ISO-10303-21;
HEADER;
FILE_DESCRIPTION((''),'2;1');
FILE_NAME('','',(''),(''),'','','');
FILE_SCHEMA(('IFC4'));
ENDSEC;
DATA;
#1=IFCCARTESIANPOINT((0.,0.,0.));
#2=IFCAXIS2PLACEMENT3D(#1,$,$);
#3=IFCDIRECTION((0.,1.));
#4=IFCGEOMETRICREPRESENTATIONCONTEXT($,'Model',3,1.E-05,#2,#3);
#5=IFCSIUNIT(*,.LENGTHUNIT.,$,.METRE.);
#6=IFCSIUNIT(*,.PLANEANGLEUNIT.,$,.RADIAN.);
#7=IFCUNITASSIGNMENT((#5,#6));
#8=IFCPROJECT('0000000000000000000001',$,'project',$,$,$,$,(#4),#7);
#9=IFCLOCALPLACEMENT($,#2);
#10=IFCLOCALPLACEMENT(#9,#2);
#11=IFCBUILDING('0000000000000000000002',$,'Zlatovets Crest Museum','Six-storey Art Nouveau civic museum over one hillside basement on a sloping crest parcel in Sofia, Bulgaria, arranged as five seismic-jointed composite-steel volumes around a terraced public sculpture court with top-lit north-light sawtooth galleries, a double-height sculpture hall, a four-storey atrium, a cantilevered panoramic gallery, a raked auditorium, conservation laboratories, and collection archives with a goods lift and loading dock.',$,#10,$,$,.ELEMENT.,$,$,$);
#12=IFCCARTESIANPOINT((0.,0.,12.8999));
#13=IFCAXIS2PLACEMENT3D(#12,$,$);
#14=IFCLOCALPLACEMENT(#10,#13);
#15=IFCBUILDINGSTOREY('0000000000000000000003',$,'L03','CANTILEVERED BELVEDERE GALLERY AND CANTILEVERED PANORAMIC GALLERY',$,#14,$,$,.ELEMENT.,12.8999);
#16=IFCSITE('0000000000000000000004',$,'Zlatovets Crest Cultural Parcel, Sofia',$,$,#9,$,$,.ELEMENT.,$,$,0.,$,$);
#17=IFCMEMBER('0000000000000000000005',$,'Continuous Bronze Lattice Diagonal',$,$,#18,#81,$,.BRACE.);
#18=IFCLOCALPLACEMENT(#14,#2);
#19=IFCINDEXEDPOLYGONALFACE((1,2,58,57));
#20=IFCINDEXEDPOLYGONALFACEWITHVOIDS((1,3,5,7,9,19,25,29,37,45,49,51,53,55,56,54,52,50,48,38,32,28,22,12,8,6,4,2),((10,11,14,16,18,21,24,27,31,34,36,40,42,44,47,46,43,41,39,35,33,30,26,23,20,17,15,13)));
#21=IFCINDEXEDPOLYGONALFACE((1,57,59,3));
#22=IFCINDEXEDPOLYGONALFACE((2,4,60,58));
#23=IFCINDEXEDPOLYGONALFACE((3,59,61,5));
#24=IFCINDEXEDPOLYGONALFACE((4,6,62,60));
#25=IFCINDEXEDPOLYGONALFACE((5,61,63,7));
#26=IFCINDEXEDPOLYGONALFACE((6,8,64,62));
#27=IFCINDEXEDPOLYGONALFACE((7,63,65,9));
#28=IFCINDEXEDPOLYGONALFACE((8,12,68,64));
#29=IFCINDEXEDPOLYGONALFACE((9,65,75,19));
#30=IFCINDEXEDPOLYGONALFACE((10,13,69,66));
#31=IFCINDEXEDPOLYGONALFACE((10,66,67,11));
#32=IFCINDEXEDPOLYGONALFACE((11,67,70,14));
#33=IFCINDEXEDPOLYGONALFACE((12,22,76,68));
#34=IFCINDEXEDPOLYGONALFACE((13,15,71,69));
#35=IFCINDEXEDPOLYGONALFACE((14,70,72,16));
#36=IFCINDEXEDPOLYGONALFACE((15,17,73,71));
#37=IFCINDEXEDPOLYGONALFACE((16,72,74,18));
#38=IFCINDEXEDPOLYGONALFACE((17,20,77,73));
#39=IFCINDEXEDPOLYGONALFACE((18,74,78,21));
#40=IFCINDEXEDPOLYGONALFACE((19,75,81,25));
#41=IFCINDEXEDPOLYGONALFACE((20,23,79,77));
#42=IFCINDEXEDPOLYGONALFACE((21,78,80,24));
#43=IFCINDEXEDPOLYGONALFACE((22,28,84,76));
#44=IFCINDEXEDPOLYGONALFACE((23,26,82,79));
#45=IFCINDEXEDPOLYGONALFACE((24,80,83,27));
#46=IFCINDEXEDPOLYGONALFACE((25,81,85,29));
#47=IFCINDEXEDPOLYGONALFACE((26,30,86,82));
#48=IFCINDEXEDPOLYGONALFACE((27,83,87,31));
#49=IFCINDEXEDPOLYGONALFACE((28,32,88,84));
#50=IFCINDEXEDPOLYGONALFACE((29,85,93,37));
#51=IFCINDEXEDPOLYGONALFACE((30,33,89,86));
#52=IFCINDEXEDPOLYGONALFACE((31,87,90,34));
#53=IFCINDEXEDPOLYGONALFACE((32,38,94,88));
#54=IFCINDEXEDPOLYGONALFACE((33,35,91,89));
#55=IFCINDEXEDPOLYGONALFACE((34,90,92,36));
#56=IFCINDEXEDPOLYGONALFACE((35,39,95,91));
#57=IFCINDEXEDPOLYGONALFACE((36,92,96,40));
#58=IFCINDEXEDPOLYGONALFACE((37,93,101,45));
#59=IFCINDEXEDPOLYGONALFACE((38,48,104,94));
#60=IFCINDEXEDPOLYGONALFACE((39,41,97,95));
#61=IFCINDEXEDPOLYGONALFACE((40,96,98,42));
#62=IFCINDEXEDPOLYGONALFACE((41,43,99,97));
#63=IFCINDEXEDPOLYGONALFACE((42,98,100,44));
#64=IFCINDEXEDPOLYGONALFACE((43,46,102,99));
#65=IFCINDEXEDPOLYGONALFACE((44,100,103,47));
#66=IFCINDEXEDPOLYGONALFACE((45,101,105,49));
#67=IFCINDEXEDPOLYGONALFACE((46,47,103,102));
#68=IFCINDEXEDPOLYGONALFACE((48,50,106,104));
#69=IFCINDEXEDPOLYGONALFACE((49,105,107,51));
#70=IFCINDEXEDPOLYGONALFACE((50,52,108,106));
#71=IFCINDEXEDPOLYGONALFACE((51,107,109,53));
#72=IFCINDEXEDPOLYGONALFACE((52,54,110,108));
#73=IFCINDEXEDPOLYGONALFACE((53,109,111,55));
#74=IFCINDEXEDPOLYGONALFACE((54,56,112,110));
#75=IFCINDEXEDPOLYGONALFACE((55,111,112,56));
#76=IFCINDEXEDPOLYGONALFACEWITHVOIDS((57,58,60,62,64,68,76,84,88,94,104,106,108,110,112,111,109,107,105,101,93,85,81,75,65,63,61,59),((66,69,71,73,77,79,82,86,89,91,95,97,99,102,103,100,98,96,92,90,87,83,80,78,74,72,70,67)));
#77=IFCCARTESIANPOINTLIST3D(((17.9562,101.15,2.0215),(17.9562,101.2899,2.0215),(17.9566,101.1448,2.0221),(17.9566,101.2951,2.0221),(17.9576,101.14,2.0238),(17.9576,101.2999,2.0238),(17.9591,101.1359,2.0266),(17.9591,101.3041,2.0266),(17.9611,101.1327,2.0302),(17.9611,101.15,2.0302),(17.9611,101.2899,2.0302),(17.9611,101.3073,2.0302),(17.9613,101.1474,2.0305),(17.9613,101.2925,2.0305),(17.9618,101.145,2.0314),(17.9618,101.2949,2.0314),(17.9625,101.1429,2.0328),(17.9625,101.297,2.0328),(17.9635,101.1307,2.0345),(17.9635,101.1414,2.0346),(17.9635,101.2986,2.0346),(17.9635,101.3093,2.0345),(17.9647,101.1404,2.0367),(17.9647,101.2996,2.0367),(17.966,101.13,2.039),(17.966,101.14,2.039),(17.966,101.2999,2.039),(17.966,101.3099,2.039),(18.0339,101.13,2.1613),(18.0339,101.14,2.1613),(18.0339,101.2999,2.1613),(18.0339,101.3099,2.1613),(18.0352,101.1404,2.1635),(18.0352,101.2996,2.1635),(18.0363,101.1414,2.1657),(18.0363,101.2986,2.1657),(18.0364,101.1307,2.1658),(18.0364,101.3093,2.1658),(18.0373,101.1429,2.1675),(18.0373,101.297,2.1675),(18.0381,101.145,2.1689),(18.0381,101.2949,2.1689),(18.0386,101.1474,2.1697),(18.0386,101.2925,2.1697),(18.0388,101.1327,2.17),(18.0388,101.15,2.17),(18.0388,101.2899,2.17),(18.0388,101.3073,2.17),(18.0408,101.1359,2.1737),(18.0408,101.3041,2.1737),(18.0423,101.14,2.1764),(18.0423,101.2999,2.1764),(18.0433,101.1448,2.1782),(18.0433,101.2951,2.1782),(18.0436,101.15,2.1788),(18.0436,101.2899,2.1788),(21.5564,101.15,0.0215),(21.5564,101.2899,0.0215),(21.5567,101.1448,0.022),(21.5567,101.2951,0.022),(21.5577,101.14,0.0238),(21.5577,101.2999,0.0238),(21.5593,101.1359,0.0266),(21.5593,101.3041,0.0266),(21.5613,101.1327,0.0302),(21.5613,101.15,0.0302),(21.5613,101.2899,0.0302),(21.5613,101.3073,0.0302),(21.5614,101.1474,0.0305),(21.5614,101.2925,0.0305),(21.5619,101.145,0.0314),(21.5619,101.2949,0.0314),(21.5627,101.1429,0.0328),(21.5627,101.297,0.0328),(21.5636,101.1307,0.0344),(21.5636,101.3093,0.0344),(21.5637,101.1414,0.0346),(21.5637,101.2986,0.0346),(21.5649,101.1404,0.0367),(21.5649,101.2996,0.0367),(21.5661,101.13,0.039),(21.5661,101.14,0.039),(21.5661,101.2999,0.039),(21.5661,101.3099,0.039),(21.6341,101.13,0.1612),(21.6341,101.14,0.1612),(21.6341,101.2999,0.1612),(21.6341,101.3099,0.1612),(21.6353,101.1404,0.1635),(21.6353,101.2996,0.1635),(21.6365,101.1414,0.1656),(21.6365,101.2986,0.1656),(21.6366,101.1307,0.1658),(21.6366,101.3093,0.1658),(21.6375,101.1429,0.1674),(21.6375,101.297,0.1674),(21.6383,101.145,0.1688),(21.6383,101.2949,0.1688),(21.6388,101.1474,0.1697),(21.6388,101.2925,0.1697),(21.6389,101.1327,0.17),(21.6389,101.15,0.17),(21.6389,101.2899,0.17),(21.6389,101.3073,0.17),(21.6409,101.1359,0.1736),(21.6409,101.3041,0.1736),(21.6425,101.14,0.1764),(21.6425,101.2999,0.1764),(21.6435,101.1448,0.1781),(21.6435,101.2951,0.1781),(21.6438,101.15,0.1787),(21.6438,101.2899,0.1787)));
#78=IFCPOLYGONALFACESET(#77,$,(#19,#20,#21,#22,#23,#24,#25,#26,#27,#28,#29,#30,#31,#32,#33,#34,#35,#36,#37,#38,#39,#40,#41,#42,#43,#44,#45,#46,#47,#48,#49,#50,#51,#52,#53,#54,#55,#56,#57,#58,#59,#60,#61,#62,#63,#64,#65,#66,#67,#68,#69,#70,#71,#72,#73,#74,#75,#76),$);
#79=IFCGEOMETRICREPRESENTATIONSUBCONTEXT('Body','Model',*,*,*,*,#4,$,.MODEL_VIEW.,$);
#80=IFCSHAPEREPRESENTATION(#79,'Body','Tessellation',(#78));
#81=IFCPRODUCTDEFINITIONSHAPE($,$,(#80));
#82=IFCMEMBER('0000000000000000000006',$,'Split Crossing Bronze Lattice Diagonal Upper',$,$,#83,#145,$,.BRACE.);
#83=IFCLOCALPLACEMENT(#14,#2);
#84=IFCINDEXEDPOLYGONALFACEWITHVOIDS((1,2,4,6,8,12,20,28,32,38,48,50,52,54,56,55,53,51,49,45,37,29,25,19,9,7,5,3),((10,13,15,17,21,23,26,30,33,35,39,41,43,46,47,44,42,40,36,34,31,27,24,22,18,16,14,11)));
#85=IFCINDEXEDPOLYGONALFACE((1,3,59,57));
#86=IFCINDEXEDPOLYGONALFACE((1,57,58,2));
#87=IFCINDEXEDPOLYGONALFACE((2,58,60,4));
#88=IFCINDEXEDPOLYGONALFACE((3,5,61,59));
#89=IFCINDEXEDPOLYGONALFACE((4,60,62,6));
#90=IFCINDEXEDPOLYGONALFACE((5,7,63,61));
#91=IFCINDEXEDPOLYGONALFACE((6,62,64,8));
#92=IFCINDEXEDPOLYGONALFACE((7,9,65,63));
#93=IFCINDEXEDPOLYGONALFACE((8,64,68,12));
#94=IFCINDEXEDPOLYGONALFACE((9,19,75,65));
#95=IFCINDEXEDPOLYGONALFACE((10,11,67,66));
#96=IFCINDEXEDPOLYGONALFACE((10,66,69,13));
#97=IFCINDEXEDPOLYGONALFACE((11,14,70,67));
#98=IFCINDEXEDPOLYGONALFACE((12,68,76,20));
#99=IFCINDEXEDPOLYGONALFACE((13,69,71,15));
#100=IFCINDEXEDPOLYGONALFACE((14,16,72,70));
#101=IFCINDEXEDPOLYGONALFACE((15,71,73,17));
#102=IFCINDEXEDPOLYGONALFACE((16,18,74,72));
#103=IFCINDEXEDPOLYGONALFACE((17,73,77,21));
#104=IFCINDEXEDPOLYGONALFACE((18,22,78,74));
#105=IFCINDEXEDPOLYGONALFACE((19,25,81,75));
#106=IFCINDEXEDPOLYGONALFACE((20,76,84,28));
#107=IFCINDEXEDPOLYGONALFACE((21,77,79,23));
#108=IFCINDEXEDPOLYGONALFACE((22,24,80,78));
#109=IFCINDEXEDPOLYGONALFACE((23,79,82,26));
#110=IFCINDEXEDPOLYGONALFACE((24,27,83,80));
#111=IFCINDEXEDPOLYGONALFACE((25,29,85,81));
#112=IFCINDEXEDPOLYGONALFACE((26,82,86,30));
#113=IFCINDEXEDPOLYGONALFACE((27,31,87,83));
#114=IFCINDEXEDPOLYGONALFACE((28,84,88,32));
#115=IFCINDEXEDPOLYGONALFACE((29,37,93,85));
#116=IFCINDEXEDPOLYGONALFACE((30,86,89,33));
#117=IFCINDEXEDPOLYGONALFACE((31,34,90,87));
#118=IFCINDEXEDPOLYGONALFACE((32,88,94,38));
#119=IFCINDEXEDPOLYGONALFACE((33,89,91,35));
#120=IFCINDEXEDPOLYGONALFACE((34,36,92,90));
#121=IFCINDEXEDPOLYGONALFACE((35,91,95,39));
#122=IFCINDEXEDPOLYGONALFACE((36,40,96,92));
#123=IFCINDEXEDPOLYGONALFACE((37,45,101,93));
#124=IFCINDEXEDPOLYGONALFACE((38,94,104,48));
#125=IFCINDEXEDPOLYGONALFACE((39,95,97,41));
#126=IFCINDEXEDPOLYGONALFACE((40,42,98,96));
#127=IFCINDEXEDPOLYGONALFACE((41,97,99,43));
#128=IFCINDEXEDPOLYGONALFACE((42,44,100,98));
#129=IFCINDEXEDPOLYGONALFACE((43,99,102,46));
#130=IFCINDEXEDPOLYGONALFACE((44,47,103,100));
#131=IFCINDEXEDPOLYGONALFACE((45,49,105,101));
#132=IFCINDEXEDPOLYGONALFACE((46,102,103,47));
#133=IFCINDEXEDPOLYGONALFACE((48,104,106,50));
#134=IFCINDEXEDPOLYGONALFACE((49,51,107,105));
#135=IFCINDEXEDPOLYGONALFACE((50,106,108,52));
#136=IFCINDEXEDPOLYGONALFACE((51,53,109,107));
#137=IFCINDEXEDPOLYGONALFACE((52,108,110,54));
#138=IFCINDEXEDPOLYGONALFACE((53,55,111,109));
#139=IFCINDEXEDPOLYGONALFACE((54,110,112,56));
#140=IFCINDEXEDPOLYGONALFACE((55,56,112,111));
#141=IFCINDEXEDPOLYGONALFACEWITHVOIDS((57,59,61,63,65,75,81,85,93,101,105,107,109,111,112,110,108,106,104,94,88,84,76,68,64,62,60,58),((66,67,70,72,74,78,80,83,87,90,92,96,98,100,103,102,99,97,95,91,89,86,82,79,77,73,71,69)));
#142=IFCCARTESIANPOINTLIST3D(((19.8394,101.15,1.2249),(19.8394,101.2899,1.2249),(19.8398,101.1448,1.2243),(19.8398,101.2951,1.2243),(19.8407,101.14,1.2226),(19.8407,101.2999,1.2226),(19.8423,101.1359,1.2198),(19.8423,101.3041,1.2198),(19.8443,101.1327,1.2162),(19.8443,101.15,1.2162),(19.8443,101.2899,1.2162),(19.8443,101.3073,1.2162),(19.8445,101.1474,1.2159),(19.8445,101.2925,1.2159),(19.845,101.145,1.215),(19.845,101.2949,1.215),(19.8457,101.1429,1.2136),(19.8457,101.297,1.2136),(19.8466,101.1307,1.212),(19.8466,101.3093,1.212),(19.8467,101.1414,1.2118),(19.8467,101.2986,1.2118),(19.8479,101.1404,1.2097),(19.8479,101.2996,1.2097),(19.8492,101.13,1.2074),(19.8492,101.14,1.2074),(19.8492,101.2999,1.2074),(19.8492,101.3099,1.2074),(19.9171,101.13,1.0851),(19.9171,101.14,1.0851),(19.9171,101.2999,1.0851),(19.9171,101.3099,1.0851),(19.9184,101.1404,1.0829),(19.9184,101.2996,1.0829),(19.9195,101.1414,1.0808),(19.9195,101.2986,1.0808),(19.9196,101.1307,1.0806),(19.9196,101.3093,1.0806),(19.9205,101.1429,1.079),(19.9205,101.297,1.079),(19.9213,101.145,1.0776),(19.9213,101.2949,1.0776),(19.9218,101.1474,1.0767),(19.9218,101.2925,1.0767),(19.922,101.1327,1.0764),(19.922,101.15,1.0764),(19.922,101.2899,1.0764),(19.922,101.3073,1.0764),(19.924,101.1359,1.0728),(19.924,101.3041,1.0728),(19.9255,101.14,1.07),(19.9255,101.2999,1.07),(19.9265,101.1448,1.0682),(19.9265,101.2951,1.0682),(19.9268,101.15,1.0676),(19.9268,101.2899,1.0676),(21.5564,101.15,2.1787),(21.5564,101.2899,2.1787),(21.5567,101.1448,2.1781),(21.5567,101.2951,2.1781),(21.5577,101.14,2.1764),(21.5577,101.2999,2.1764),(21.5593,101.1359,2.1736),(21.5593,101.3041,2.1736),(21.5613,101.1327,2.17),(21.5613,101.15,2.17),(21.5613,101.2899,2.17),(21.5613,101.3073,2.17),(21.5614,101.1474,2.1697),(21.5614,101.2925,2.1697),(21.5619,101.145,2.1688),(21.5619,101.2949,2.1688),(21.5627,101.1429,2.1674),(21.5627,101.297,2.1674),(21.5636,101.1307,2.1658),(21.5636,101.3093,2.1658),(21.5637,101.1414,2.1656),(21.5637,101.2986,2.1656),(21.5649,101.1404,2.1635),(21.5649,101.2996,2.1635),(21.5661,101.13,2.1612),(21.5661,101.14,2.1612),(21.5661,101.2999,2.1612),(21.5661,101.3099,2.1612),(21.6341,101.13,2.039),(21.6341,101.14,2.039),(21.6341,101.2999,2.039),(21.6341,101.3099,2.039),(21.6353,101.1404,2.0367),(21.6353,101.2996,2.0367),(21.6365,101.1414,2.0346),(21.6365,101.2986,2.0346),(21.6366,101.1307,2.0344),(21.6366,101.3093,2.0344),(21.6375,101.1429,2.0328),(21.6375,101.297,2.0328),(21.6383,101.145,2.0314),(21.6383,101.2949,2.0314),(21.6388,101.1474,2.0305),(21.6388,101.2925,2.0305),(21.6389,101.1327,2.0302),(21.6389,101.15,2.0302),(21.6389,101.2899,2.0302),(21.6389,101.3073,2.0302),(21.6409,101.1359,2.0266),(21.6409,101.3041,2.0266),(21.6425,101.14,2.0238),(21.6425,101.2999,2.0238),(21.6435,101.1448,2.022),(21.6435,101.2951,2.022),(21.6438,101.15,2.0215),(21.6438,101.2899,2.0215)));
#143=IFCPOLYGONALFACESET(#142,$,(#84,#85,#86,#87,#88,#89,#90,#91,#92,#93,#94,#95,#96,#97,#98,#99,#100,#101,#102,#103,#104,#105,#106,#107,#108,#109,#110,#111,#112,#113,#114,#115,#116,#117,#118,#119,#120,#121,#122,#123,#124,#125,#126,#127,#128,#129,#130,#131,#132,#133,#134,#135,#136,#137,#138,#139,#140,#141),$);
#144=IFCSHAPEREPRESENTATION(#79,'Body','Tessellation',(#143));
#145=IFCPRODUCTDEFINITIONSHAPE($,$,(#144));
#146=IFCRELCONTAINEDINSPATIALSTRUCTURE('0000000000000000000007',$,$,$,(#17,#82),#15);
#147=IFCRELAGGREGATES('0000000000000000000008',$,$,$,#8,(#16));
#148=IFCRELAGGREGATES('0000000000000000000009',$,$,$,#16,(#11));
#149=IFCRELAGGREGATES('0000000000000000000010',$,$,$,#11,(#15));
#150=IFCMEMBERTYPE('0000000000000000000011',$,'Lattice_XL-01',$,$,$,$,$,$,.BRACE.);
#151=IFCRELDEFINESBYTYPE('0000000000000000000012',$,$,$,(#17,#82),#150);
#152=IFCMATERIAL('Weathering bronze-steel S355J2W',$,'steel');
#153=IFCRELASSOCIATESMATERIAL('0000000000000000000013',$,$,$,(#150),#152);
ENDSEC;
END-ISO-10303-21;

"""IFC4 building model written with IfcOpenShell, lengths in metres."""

from ifc_helpers import new_model, si_unit, direction, frame, origin, origin_2d, place, context, subcontext, project, spatial, hollow_rectangle, extrude, material, material_profile, profile_set, type_object, element, save


model = new_model("IFC4")

# Units and contexts
model_context = context("Model", 3, precision=1e-05, world=origin(), true_north=direction((0.0, 1.0)))
body_context = subcontext(model_context, "Body", "Model", "MODEL_VIEW")
ifc_project = project(units=[si_unit("LENGTHUNIT", "METRE"), si_unit("PLANEANGLEUNIT", "RADIAN")], contexts=[model_context])

# Site, building, storey
site_placement = place(None, origin())
site = spatial("IfcSite", under=ifc_project, at=site_placement, Name="Zlatovets Crest Cultural Parcel, Sofia", CompositionType="ELEMENT", RefElevation=0.0)
building_placement = place(site_placement, origin())
building = spatial("IfcBuilding", under=site, at=building_placement, Name="Zlatovets Crest Museum", Description="Six-storey Art Nouveau civic museum over one hillside basement on a sloping crest parcel in Sofia, Bulgaria, arranged as five seismic-jointed composite-steel volumes around a terraced public sculpture court with top-lit north-light sawtooth galleries, a double-height sculpture hall, a four-storey atrium, a cantilevered panoramic gallery, a raked auditorium, conservation laboratories, and collection archives with a goods lift and loading dock.", CompositionType="ELEMENT")
storey_placement = place(building_placement, frame((0.0, 0.0, 12.8999)))
storey = spatial("IfcBuildingStorey", under=building, at=storey_placement, Name="L03", Description="CANTILEVERED BELVEDERE GALLERY AND CANTILEVERED PANORAMIC GALLERY", CompositionType="ELEMENT", Elevation=12.8999)

# Members
ifc_material_1 = material(Name="Weathering bronze-steel S355J2W", Category="steel")
ifc_material_profile_1 = material_profile(ifc_material_1, hollow_rectangle(XDim=0.1799, YDim=0.1799, WallThickness=0.01, InnerFilletRadius=0.01, OuterFilletRadius=0.02, at=origin_2d()), Name="SHS 180x180x10.0")
ifc_profile_set_1 = profile_set([ifc_material_profile_1], Name="Weathering bronze-steel S355J2W")
member_type_1 = type_object("IfcMemberType", Name="Lattice_XL-01", PredefinedType="BRACE", material=ifc_profile_set_1)
member_1_placement = place(storey_placement, frame((21.6001, 101.22, 0.1001), z_axis=(-0.874163, 0.0, 0.485633), x_axis=(0.0, -1.0, 0.0)))
element("IfcMember", 1, at=member_1_placement, inside=storey, type_object=member_type_1, Name="Continuous Bronze Lattice Diagonal", PredefinedType="BRACE", context=body_context, shape_type="SweptSolid", body=[
    extrude(hollow_rectangle(XDim=0.1799, YDim=0.1799, WallThickness=0.01, InnerFilletRadius=0.01, OuterFilletRadius=0.02, at=origin_2d()), origin(), (0.0, 0.0, 1.0), 4.1184),
])
member_2_placement = place(storey_placement, frame((21.6001, 101.22, 2.1001), z_axis=(-0.874169, 0.0, -0.485622), x_axis=(0.0, -1.0, 0.0)))
element("IfcMember", 2, at=member_2_placement, inside=storey, type_object=member_type_1, Name="Split Crossing Bronze Lattice Diagonal Upper", PredefinedType="BRACE", context=body_context, shape_type="SweptSolid", body=[
    extrude(hollow_rectangle(XDim=0.1799, YDim=0.1799, WallThickness=0.01, InnerFilletRadius=0.01, OuterFilletRadius=0.02, at=origin_2d()), origin(), (0.0, 0.0, 1.0), 1.9641),
])

save(model, "model.ifc")
